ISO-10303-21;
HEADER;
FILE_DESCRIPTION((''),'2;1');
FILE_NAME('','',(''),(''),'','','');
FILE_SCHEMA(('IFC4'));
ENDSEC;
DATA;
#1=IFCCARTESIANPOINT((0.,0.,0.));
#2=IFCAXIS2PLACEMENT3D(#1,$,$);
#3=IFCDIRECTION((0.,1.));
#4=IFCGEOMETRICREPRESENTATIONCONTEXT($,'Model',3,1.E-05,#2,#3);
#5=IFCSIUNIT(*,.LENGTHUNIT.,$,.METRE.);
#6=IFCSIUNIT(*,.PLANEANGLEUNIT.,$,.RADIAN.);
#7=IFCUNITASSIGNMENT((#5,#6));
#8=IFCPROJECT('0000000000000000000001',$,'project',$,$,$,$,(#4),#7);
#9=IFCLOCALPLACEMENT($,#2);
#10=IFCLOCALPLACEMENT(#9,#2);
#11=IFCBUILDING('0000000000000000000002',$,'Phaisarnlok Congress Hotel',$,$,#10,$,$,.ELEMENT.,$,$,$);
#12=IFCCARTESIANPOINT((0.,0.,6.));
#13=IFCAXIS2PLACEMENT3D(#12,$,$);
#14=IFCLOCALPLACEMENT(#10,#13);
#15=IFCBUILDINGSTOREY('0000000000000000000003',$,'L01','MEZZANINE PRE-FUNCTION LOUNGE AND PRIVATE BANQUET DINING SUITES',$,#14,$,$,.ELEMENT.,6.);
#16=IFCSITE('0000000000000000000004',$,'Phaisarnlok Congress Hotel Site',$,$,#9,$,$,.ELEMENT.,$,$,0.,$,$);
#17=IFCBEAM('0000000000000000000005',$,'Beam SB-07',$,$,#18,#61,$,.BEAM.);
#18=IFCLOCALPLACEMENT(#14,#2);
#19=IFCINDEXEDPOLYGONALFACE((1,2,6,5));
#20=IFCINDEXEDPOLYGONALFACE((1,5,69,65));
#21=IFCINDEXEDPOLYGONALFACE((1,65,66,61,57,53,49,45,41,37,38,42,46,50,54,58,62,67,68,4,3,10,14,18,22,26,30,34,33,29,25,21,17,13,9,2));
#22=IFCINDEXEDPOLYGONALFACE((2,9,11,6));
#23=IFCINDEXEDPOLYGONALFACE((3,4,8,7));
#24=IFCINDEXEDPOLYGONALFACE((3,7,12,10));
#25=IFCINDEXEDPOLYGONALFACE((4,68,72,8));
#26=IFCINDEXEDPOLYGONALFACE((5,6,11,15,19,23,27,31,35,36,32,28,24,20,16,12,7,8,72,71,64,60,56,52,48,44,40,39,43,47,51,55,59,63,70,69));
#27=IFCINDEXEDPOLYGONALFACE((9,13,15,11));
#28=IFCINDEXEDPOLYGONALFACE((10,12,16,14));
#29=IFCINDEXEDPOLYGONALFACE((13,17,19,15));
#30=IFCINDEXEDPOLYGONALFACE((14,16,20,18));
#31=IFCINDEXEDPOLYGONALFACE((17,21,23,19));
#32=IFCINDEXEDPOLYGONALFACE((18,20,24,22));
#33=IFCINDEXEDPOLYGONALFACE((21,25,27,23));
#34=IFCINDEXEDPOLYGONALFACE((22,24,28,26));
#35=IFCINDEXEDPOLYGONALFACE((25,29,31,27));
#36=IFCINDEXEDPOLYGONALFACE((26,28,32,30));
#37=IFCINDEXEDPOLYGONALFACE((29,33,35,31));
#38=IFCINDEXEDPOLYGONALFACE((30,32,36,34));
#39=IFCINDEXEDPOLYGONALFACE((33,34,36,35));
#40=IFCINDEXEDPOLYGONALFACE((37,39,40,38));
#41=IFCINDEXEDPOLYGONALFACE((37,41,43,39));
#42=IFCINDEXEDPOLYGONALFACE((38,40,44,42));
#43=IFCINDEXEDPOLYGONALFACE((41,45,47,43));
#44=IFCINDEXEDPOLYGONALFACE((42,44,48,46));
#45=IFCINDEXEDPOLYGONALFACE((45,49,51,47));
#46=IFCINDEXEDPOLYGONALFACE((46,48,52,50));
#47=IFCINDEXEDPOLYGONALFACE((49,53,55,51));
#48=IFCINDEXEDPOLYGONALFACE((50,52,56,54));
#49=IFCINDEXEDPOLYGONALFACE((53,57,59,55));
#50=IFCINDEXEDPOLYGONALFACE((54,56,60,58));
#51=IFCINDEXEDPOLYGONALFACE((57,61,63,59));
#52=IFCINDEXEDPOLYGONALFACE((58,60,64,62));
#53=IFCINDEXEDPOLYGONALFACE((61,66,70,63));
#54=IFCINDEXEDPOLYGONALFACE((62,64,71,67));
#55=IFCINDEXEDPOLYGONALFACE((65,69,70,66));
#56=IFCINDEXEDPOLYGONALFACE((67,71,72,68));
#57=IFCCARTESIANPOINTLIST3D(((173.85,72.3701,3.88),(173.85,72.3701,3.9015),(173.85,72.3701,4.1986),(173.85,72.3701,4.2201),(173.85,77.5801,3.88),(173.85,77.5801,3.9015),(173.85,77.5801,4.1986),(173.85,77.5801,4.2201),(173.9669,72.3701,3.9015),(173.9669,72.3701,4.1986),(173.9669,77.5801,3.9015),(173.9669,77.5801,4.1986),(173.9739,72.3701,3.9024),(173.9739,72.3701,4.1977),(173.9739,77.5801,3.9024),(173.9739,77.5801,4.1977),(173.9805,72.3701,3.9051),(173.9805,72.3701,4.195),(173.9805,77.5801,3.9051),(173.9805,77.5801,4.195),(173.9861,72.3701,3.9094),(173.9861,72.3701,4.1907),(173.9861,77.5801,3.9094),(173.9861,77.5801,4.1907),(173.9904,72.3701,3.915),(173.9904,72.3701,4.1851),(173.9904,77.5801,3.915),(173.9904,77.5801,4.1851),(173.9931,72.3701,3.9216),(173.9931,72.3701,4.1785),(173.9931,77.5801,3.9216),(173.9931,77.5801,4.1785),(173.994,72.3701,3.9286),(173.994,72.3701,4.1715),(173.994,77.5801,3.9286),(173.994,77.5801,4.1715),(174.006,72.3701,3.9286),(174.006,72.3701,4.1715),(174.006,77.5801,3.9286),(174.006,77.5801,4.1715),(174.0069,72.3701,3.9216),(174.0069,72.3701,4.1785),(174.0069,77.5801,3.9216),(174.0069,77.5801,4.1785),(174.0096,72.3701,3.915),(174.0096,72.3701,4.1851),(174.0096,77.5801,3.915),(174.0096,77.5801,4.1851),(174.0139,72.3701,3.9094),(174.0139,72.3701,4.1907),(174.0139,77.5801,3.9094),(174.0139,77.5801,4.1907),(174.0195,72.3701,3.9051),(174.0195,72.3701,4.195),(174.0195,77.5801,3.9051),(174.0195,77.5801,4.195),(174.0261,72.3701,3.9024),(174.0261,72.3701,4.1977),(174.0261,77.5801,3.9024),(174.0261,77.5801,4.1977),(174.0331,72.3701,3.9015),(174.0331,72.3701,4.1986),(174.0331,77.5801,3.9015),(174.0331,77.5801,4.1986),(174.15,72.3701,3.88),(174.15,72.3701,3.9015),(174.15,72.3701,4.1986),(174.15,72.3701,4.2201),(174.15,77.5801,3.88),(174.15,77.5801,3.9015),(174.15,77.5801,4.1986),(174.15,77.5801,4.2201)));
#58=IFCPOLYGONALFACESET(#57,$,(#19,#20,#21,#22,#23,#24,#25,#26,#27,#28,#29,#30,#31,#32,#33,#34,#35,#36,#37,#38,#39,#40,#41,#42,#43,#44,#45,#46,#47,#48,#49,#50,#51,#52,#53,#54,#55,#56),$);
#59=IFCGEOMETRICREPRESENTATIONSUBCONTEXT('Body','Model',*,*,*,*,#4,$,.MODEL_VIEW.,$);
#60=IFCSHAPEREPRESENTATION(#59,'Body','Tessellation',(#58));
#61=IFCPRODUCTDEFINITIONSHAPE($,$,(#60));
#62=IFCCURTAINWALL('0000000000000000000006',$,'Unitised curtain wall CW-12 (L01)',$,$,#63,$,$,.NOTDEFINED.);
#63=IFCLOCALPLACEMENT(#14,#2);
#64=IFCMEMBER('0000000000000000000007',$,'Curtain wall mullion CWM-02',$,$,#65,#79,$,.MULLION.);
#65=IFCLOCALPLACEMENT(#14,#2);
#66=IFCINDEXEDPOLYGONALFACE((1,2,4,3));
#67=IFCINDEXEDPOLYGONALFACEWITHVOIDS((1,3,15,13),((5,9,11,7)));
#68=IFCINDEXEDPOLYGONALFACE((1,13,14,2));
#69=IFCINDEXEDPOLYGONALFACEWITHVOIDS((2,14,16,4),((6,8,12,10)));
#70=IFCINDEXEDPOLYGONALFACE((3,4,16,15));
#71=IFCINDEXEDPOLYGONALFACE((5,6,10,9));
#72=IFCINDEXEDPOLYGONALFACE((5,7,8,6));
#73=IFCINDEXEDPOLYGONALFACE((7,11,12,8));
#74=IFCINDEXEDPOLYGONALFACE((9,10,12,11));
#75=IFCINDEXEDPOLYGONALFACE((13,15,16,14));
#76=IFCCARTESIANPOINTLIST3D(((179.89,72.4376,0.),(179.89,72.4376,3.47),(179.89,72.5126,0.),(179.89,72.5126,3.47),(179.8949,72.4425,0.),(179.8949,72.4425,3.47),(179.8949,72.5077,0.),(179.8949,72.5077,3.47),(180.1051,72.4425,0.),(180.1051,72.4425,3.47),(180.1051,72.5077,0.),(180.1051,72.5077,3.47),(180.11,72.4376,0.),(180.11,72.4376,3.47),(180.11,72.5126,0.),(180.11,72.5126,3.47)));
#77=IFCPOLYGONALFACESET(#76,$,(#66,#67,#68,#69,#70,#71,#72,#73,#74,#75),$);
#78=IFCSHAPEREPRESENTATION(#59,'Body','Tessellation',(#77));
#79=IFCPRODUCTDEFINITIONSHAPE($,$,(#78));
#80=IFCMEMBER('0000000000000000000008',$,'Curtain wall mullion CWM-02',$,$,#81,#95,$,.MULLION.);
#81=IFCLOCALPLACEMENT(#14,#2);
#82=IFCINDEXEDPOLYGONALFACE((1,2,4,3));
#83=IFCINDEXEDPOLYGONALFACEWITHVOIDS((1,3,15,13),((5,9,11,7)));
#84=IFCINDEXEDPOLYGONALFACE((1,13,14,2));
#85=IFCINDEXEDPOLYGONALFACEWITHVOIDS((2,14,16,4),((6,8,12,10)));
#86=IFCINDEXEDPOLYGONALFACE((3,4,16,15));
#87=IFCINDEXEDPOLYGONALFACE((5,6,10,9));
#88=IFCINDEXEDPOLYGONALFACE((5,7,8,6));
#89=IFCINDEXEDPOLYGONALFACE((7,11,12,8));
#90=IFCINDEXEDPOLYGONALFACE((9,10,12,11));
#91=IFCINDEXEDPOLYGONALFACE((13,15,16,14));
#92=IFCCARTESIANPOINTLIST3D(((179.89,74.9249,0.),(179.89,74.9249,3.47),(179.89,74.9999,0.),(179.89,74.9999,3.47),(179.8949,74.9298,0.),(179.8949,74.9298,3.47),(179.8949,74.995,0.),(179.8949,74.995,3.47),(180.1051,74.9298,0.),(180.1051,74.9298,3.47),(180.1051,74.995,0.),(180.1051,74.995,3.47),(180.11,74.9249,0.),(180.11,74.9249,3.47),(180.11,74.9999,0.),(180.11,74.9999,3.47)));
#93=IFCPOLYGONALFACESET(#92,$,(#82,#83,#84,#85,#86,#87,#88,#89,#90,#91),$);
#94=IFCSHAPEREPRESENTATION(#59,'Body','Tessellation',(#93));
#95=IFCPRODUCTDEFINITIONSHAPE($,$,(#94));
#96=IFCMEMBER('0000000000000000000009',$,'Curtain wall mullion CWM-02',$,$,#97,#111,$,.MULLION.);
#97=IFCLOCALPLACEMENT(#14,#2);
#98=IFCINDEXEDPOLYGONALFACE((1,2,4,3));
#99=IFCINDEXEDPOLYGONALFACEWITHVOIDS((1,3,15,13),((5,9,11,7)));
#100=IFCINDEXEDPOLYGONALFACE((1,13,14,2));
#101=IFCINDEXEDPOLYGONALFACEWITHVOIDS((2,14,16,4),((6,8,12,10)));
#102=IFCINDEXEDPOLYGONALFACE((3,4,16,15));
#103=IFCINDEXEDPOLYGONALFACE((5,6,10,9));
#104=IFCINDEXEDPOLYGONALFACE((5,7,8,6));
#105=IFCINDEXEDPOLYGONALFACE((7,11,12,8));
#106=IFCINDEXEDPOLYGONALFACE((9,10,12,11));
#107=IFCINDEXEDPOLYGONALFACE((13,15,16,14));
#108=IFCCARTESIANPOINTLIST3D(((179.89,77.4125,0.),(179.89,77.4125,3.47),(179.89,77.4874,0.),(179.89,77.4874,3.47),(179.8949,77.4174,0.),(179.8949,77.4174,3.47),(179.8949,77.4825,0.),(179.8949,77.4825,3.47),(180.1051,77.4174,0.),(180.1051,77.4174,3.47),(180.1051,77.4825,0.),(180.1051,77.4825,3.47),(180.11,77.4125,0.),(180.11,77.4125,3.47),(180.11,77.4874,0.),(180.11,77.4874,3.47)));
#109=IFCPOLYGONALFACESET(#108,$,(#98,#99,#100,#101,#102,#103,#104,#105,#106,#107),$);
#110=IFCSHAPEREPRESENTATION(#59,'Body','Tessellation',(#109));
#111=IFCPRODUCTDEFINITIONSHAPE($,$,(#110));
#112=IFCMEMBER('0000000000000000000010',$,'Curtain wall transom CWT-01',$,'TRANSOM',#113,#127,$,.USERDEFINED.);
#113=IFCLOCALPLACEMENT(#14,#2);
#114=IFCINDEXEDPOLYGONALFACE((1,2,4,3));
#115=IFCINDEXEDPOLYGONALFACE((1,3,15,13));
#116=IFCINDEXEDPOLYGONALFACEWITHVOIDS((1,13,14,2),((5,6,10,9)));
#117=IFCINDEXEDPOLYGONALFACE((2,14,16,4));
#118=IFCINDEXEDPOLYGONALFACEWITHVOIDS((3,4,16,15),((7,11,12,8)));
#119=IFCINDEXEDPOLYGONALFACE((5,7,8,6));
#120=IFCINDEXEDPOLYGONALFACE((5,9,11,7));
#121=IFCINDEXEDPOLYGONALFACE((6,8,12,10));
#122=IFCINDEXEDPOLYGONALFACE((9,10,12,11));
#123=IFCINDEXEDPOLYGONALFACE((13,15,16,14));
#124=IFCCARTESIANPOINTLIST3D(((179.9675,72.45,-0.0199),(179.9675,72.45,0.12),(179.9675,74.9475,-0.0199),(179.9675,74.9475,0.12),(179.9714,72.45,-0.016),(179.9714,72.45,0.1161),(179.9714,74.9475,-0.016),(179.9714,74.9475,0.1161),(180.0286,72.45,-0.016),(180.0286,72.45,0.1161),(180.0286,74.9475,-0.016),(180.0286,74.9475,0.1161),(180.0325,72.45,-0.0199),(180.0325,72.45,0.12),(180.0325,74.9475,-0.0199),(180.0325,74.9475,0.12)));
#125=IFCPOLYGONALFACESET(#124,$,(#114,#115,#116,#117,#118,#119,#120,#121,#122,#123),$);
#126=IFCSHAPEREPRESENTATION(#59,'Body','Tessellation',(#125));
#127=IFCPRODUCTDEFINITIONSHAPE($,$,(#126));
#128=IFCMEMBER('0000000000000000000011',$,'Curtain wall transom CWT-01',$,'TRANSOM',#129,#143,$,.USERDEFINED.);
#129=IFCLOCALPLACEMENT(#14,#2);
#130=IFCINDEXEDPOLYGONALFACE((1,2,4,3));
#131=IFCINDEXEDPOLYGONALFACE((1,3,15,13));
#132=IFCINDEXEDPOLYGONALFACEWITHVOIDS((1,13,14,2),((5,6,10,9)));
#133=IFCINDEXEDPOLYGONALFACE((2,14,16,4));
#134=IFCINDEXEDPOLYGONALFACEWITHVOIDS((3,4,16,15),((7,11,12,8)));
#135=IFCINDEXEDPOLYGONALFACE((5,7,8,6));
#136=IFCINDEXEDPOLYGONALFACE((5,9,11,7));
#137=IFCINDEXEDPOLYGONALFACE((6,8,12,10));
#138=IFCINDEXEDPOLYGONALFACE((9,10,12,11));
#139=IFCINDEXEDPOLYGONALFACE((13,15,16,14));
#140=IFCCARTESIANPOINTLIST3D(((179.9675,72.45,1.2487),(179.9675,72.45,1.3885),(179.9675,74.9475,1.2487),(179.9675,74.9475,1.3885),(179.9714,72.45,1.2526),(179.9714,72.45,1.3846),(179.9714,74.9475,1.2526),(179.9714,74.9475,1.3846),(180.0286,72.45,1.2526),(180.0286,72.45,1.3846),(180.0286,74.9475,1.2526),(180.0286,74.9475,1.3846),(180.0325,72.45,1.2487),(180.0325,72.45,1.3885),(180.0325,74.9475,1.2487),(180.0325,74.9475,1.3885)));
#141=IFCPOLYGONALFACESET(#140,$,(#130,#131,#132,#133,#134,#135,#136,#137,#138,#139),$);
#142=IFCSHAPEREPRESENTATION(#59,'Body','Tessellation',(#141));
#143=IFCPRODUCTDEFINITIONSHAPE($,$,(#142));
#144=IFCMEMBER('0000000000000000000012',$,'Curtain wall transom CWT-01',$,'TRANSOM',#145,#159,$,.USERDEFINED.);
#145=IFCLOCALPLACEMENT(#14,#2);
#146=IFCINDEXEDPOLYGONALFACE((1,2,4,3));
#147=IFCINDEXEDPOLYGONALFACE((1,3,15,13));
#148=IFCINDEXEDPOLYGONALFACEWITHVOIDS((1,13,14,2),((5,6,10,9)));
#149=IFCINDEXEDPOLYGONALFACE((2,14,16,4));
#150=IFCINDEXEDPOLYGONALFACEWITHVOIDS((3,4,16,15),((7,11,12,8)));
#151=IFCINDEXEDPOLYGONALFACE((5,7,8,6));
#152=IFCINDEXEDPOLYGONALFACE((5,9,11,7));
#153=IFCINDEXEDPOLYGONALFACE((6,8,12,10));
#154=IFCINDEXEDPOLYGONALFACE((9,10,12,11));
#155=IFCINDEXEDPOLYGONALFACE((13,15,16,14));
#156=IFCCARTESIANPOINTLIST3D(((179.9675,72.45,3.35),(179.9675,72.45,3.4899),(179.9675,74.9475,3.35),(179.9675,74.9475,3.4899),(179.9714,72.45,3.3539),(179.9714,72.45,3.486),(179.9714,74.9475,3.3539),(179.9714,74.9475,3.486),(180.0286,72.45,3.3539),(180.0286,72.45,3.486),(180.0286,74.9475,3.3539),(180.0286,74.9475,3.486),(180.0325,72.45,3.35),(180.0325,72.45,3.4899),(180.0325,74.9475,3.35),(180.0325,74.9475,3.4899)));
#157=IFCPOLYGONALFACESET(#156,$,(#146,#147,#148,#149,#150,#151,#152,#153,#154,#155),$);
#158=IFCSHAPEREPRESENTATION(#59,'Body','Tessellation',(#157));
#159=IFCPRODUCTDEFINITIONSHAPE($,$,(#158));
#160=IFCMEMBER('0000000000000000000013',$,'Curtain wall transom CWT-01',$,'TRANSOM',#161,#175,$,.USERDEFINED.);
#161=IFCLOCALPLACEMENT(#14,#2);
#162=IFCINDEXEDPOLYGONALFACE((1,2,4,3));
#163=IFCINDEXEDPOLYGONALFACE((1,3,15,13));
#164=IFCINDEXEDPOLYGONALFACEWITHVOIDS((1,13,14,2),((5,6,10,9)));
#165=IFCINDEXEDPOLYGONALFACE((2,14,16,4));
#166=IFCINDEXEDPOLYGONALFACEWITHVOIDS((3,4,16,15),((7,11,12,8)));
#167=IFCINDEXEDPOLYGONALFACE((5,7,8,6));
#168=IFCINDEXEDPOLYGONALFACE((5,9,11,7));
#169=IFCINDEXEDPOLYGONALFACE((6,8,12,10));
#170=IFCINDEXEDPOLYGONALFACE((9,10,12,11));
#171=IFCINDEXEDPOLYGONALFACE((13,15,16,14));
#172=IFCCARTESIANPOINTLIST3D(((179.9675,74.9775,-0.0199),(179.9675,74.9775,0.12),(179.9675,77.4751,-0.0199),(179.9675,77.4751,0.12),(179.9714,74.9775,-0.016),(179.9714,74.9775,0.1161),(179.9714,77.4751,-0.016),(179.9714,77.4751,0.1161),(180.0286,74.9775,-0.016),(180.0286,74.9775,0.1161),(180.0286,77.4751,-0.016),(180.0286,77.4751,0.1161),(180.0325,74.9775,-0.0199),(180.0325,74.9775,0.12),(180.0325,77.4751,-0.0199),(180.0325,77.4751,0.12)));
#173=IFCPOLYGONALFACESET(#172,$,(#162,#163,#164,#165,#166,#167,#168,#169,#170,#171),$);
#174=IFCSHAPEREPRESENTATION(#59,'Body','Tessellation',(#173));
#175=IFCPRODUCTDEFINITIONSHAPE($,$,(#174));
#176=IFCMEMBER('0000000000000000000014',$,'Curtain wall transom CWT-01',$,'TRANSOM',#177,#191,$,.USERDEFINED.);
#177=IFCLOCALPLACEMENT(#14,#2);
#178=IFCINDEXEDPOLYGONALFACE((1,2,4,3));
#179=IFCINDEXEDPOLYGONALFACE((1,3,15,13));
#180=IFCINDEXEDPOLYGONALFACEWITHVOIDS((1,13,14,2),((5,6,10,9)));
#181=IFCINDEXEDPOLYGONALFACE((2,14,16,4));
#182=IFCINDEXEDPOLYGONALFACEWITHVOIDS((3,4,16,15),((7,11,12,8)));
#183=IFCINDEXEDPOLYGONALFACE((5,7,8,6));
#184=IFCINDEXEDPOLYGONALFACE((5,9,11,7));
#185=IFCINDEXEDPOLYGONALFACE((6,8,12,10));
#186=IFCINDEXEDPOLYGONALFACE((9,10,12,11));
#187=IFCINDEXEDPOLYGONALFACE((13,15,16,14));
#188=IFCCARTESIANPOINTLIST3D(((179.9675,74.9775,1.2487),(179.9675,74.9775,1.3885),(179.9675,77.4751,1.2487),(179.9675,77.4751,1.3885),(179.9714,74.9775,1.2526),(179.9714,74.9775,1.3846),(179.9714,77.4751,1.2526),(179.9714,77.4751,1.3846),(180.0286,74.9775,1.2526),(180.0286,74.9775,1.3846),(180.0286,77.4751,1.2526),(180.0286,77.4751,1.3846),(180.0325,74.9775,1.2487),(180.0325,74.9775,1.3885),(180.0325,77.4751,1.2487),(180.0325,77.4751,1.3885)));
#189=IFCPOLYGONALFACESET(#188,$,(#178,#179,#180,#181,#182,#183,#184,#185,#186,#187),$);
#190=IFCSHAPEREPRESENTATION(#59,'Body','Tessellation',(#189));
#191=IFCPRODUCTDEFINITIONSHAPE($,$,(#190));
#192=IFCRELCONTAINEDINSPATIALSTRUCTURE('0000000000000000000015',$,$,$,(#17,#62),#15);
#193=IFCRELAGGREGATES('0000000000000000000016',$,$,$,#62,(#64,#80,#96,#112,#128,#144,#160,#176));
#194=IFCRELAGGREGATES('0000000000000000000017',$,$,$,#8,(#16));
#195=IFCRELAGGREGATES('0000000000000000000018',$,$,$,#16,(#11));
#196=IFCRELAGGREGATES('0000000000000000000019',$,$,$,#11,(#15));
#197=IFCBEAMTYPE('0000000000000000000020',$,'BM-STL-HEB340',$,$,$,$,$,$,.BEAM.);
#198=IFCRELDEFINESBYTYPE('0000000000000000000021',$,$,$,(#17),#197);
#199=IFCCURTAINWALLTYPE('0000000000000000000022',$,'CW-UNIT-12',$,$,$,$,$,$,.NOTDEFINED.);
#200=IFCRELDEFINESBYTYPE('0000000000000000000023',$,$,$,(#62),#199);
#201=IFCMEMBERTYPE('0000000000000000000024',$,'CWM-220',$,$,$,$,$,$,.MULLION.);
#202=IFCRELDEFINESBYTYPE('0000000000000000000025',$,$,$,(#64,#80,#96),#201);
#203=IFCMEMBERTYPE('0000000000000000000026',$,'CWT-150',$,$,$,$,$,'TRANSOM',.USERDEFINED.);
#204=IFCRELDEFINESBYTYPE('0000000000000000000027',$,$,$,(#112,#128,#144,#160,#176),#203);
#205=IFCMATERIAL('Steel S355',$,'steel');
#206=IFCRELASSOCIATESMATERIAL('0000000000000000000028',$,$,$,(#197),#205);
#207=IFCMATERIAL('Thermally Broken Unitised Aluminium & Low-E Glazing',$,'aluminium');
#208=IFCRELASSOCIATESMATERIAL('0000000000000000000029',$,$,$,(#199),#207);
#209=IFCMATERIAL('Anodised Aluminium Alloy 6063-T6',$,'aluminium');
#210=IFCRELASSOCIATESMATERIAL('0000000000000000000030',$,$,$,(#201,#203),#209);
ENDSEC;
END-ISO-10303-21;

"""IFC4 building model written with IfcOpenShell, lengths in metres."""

from ifc_helpers import new_model, si_unit, direction, frame, origin, origin_2d, place, context, subcontext, project, spatial, hollow_rectangle, i_section, extrude, material, material_profile, profile_set, type_object, element, aggregate, save


model = new_model("IFC4")

# Units and contexts
model_context = context("Model", 3, precision=1e-05, world=origin(), true_north=direction((0.0, 1.0)))
body_context = subcontext(model_context, "Body", "Model", "MODEL_VIEW")
ifc_project = project(units=[si_unit("LENGTHUNIT", "METRE"), si_unit("PLANEANGLEUNIT", "RADIAN")], contexts=[model_context])

# Site, building, storey
site_placement = place(None, origin())
site = spatial("IfcSite", under=ifc_project, at=site_placement, Name="Phaisarnlok Congress Hotel Site", CompositionType="ELEMENT", RefElevation=0.0)
building_placement = place(site_placement, origin())
building = spatial("IfcBuilding", under=site, at=building_placement, Name="Phaisarnlok Congress Hotel", CompositionType="ELEMENT")
storey_placement = place(building_placement, frame((0.0, 0.0, 6.0)))
storey = spatial("IfcBuildingStorey", under=building, at=storey_placement, Name="L01", Description="MEZZANINE PRE-FUNCTION LOUNGE AND PRIVATE BANQUET DINING SUITES", CompositionType="ELEMENT", Elevation=6.0)

# Beam
ifc_material_1 = material(Name="Steel S355", Category="steel")
ifc_material_profile_1 = material_profile(ifc_material_1, i_section(OverallWidth=0.3, OverallDepth=0.3401, WebThickness=0.012, FlangeThickness=0.0215, FilletRadius=0.0271, at=origin_2d()), Name="HEB 340")
ifc_profile_set_1 = profile_set([ifc_material_profile_1], Name="Steel S355")
beam_type_1 = type_object("IfcBeamType", Name="BM-STL-HEB340", PredefinedType="BEAM", material=ifc_profile_set_1)
beam_1_placement = place(storey_placement, frame((174.0, 72.3701, 4.05), z_axis=(0.0, 1.0, 0.0), x_axis=(-1.0, 0.0, 0.0)))
element("IfcBeam", 1, at=beam_1_placement, inside=storey, type_object=beam_type_1, Name="Beam SB-07", PredefinedType="BEAM", context=body_context, shape_type="SweptSolid", body=[
    extrude(i_section(OverallWidth=0.3, OverallDepth=0.3401, WebThickness=0.012, FlangeThickness=0.0215, FilletRadius=0.0271, at=origin_2d()), origin(), (0.0, 0.0, 1.0), 5.21),
])

# Curtain wall, members
ifc_material_2 = material(Name="Thermally Broken Unitised Aluminium & Low-E Glazing", Category="aluminium")
curtain_wall_type = type_object("IfcCurtainWallType", Name="CW-UNIT-12", PredefinedType="NOTDEFINED", material=ifc_material_2)
curtain_wall_placement = place(storey_placement, origin())
curtain_wall = element("IfcCurtainWall", 2, at=curtain_wall_placement, inside=storey, type_object=curtain_wall_type, Name="Unitised curtain wall CW-12 (L01)", PredefinedType="NOTDEFINED")
ifc_material_3 = material(Name="Anodised Aluminium Alloy 6063-T6", Category="aluminium")
ifc_material_profile_2 = material_profile(ifc_material_3, hollow_rectangle(XDim=0.075, YDim=0.22, WallThickness=0.0049, at=origin_2d()), Name="ALU-M 75x220x5")
ifc_profile_set_2 = profile_set([ifc_material_profile_2], Name="Anodised Aluminium Alloy 6063-T6")
member_type_1 = type_object("IfcMemberType", Name="CWM-220", PredefinedType="MULLION", material=ifc_profile_set_2)
member_1_placement = place(storey_placement, frame((180.0, 72.4751, 0.0), z_axis=(0.0, 0.0, 1.0), x_axis=(0.0, 1.0, 0.0)))
member_1 = element("IfcMember", 3, at=member_1_placement, type_object=member_type_1, Name="Curtain wall mullion CWM-02", PredefinedType="MULLION", context=body_context, shape_type="SweptSolid", body=[
    extrude(hollow_rectangle(XDim=0.075, YDim=0.22, WallThickness=0.0049, at=origin_2d()), origin(), (0.0, 0.0, 1.0), 3.47),
])
member_2_placement = place(storey_placement, frame((180.0, 74.9624, 0.0), z_axis=(0.0, 0.0, 1.0), x_axis=(0.0, 1.0, 0.0)))
member_2 = element("IfcMember", 4, at=member_2_placement, type_object=member_type_1, Name="Curtain wall mullion CWM-02", PredefinedType="MULLION", context=body_context, shape_type="SweptSolid", body=[
    extrude(hollow_rectangle(XDim=0.075, YDim=0.22, WallThickness=0.0049, at=origin_2d()), origin(), (0.0, 0.0, 1.0), 3.47),
])
member_3_placement = place(storey_placement, frame((180.0, 77.45, 0.0), z_axis=(0.0, 0.0, 1.0), x_axis=(0.0, 1.0, 0.0)))
member_3 = element("IfcMember", 5, at=member_3_placement, type_object=member_type_1, Name="Curtain wall mullion CWM-02", PredefinedType="MULLION", context=body_context, shape_type="SweptSolid", body=[
    extrude(hollow_rectangle(XDim=0.075, YDim=0.22, WallThickness=0.0049, at=origin_2d()), origin(), (0.0, 0.0, 1.0), 3.47),
])
ifc_material_profile_3 = material_profile(ifc_material_3, hollow_rectangle(XDim=0.0649, YDim=0.1399, WallThickness=0.0039, at=origin_2d()), Name="ALU-T 65x140x4")
ifc_profile_set_3 = profile_set([ifc_material_profile_3], Name="Anodised Aluminium Alloy 6063-T6")
member_type_2 = type_object("IfcMemberType", Name="CWT-150", ElementType="TRANSOM", PredefinedType="USERDEFINED", material=ifc_profile_set_3)
member_4_placement = place(storey_placement, frame((180.0, 72.45, 0.05), z_axis=(0.0, 1.0, 0.0), x_axis=(-1.0, 0.0, 0.0)))
member_4 = element("IfcMember", 6, at=member_4_placement, type_object=member_type_2, Name="Curtain wall transom CWT-01", ObjectType="TRANSOM", PredefinedType="USERDEFINED", context=body_context, shape_type="SweptSolid", body=[
    extrude(hollow_rectangle(XDim=0.0649, YDim=0.1399, WallThickness=0.0039, at=origin_2d()), origin(), (0.0, 0.0, 1.0), 2.4976),
])
member_5_placement = place(storey_placement, frame((180.0, 72.45, 1.3186), z_axis=(0.0, 1.0, 0.0), x_axis=(-1.0, 0.0, 0.0)))
member_5 = element("IfcMember", 7, at=member_5_placement, type_object=member_type_2, Name="Curtain wall transom CWT-01", ObjectType="TRANSOM", PredefinedType="USERDEFINED", context=body_context, shape_type="SweptSolid", body=[
    extrude(hollow_rectangle(XDim=0.0649, YDim=0.1399, WallThickness=0.0039, at=origin_2d()), origin(), (0.0, 0.0, 1.0), 2.4976),
])
member_6_placement = place(storey_placement, frame((180.0, 72.45, 3.4199), z_axis=(0.0, 1.0, 0.0), x_axis=(-1.0, 0.0, 0.0)))
member_6 = element("IfcMember", 8, at=member_6_placement, type_object=member_type_2, Name="Curtain wall transom CWT-01", ObjectType="TRANSOM", PredefinedType="USERDEFINED", context=body_context, shape_type="SweptSolid", body=[
    extrude(hollow_rectangle(XDim=0.0649, YDim=0.1399, WallThickness=0.0039, at=origin_2d()), origin(), (0.0, 0.0, 1.0), 2.4976),
])
member_7_placement = place(storey_placement, frame((180.0, 74.9775, 0.05), z_axis=(0.0, 1.0, 0.0), x_axis=(-1.0, 0.0, 0.0)))
member_7 = element("IfcMember", 9, at=member_7_placement, type_object=member_type_2, Name="Curtain wall transom CWT-01", ObjectType="TRANSOM", PredefinedType="USERDEFINED", context=body_context, shape_type="SweptSolid", body=[
    extrude(hollow_rectangle(XDim=0.0649, YDim=0.1399, WallThickness=0.0039, at=origin_2d()), origin(), (0.0, 0.0, 1.0), 2.4976),
])
member_8_placement = place(storey_placement, frame((180.0, 74.9775, 1.3186), z_axis=(0.0, 1.0, 0.0), x_axis=(-1.0, 0.0, 0.0)))
member_8 = element("IfcMember", 10, at=member_8_placement, type_object=member_type_2, Name="Curtain wall transom CWT-01", ObjectType="TRANSOM", PredefinedType="USERDEFINED", context=body_context, shape_type="SweptSolid", body=[
    extrude(hollow_rectangle(XDim=0.0649, YDim=0.1399, WallThickness=0.0039, at=origin_2d()), origin(), (0.0, 0.0, 1.0), 2.4976),
])

aggregate(curtain_wall, [member_1, member_2, member_3, member_4, member_5, member_6, member_7, member_8])

save(model, "model.ifc")
